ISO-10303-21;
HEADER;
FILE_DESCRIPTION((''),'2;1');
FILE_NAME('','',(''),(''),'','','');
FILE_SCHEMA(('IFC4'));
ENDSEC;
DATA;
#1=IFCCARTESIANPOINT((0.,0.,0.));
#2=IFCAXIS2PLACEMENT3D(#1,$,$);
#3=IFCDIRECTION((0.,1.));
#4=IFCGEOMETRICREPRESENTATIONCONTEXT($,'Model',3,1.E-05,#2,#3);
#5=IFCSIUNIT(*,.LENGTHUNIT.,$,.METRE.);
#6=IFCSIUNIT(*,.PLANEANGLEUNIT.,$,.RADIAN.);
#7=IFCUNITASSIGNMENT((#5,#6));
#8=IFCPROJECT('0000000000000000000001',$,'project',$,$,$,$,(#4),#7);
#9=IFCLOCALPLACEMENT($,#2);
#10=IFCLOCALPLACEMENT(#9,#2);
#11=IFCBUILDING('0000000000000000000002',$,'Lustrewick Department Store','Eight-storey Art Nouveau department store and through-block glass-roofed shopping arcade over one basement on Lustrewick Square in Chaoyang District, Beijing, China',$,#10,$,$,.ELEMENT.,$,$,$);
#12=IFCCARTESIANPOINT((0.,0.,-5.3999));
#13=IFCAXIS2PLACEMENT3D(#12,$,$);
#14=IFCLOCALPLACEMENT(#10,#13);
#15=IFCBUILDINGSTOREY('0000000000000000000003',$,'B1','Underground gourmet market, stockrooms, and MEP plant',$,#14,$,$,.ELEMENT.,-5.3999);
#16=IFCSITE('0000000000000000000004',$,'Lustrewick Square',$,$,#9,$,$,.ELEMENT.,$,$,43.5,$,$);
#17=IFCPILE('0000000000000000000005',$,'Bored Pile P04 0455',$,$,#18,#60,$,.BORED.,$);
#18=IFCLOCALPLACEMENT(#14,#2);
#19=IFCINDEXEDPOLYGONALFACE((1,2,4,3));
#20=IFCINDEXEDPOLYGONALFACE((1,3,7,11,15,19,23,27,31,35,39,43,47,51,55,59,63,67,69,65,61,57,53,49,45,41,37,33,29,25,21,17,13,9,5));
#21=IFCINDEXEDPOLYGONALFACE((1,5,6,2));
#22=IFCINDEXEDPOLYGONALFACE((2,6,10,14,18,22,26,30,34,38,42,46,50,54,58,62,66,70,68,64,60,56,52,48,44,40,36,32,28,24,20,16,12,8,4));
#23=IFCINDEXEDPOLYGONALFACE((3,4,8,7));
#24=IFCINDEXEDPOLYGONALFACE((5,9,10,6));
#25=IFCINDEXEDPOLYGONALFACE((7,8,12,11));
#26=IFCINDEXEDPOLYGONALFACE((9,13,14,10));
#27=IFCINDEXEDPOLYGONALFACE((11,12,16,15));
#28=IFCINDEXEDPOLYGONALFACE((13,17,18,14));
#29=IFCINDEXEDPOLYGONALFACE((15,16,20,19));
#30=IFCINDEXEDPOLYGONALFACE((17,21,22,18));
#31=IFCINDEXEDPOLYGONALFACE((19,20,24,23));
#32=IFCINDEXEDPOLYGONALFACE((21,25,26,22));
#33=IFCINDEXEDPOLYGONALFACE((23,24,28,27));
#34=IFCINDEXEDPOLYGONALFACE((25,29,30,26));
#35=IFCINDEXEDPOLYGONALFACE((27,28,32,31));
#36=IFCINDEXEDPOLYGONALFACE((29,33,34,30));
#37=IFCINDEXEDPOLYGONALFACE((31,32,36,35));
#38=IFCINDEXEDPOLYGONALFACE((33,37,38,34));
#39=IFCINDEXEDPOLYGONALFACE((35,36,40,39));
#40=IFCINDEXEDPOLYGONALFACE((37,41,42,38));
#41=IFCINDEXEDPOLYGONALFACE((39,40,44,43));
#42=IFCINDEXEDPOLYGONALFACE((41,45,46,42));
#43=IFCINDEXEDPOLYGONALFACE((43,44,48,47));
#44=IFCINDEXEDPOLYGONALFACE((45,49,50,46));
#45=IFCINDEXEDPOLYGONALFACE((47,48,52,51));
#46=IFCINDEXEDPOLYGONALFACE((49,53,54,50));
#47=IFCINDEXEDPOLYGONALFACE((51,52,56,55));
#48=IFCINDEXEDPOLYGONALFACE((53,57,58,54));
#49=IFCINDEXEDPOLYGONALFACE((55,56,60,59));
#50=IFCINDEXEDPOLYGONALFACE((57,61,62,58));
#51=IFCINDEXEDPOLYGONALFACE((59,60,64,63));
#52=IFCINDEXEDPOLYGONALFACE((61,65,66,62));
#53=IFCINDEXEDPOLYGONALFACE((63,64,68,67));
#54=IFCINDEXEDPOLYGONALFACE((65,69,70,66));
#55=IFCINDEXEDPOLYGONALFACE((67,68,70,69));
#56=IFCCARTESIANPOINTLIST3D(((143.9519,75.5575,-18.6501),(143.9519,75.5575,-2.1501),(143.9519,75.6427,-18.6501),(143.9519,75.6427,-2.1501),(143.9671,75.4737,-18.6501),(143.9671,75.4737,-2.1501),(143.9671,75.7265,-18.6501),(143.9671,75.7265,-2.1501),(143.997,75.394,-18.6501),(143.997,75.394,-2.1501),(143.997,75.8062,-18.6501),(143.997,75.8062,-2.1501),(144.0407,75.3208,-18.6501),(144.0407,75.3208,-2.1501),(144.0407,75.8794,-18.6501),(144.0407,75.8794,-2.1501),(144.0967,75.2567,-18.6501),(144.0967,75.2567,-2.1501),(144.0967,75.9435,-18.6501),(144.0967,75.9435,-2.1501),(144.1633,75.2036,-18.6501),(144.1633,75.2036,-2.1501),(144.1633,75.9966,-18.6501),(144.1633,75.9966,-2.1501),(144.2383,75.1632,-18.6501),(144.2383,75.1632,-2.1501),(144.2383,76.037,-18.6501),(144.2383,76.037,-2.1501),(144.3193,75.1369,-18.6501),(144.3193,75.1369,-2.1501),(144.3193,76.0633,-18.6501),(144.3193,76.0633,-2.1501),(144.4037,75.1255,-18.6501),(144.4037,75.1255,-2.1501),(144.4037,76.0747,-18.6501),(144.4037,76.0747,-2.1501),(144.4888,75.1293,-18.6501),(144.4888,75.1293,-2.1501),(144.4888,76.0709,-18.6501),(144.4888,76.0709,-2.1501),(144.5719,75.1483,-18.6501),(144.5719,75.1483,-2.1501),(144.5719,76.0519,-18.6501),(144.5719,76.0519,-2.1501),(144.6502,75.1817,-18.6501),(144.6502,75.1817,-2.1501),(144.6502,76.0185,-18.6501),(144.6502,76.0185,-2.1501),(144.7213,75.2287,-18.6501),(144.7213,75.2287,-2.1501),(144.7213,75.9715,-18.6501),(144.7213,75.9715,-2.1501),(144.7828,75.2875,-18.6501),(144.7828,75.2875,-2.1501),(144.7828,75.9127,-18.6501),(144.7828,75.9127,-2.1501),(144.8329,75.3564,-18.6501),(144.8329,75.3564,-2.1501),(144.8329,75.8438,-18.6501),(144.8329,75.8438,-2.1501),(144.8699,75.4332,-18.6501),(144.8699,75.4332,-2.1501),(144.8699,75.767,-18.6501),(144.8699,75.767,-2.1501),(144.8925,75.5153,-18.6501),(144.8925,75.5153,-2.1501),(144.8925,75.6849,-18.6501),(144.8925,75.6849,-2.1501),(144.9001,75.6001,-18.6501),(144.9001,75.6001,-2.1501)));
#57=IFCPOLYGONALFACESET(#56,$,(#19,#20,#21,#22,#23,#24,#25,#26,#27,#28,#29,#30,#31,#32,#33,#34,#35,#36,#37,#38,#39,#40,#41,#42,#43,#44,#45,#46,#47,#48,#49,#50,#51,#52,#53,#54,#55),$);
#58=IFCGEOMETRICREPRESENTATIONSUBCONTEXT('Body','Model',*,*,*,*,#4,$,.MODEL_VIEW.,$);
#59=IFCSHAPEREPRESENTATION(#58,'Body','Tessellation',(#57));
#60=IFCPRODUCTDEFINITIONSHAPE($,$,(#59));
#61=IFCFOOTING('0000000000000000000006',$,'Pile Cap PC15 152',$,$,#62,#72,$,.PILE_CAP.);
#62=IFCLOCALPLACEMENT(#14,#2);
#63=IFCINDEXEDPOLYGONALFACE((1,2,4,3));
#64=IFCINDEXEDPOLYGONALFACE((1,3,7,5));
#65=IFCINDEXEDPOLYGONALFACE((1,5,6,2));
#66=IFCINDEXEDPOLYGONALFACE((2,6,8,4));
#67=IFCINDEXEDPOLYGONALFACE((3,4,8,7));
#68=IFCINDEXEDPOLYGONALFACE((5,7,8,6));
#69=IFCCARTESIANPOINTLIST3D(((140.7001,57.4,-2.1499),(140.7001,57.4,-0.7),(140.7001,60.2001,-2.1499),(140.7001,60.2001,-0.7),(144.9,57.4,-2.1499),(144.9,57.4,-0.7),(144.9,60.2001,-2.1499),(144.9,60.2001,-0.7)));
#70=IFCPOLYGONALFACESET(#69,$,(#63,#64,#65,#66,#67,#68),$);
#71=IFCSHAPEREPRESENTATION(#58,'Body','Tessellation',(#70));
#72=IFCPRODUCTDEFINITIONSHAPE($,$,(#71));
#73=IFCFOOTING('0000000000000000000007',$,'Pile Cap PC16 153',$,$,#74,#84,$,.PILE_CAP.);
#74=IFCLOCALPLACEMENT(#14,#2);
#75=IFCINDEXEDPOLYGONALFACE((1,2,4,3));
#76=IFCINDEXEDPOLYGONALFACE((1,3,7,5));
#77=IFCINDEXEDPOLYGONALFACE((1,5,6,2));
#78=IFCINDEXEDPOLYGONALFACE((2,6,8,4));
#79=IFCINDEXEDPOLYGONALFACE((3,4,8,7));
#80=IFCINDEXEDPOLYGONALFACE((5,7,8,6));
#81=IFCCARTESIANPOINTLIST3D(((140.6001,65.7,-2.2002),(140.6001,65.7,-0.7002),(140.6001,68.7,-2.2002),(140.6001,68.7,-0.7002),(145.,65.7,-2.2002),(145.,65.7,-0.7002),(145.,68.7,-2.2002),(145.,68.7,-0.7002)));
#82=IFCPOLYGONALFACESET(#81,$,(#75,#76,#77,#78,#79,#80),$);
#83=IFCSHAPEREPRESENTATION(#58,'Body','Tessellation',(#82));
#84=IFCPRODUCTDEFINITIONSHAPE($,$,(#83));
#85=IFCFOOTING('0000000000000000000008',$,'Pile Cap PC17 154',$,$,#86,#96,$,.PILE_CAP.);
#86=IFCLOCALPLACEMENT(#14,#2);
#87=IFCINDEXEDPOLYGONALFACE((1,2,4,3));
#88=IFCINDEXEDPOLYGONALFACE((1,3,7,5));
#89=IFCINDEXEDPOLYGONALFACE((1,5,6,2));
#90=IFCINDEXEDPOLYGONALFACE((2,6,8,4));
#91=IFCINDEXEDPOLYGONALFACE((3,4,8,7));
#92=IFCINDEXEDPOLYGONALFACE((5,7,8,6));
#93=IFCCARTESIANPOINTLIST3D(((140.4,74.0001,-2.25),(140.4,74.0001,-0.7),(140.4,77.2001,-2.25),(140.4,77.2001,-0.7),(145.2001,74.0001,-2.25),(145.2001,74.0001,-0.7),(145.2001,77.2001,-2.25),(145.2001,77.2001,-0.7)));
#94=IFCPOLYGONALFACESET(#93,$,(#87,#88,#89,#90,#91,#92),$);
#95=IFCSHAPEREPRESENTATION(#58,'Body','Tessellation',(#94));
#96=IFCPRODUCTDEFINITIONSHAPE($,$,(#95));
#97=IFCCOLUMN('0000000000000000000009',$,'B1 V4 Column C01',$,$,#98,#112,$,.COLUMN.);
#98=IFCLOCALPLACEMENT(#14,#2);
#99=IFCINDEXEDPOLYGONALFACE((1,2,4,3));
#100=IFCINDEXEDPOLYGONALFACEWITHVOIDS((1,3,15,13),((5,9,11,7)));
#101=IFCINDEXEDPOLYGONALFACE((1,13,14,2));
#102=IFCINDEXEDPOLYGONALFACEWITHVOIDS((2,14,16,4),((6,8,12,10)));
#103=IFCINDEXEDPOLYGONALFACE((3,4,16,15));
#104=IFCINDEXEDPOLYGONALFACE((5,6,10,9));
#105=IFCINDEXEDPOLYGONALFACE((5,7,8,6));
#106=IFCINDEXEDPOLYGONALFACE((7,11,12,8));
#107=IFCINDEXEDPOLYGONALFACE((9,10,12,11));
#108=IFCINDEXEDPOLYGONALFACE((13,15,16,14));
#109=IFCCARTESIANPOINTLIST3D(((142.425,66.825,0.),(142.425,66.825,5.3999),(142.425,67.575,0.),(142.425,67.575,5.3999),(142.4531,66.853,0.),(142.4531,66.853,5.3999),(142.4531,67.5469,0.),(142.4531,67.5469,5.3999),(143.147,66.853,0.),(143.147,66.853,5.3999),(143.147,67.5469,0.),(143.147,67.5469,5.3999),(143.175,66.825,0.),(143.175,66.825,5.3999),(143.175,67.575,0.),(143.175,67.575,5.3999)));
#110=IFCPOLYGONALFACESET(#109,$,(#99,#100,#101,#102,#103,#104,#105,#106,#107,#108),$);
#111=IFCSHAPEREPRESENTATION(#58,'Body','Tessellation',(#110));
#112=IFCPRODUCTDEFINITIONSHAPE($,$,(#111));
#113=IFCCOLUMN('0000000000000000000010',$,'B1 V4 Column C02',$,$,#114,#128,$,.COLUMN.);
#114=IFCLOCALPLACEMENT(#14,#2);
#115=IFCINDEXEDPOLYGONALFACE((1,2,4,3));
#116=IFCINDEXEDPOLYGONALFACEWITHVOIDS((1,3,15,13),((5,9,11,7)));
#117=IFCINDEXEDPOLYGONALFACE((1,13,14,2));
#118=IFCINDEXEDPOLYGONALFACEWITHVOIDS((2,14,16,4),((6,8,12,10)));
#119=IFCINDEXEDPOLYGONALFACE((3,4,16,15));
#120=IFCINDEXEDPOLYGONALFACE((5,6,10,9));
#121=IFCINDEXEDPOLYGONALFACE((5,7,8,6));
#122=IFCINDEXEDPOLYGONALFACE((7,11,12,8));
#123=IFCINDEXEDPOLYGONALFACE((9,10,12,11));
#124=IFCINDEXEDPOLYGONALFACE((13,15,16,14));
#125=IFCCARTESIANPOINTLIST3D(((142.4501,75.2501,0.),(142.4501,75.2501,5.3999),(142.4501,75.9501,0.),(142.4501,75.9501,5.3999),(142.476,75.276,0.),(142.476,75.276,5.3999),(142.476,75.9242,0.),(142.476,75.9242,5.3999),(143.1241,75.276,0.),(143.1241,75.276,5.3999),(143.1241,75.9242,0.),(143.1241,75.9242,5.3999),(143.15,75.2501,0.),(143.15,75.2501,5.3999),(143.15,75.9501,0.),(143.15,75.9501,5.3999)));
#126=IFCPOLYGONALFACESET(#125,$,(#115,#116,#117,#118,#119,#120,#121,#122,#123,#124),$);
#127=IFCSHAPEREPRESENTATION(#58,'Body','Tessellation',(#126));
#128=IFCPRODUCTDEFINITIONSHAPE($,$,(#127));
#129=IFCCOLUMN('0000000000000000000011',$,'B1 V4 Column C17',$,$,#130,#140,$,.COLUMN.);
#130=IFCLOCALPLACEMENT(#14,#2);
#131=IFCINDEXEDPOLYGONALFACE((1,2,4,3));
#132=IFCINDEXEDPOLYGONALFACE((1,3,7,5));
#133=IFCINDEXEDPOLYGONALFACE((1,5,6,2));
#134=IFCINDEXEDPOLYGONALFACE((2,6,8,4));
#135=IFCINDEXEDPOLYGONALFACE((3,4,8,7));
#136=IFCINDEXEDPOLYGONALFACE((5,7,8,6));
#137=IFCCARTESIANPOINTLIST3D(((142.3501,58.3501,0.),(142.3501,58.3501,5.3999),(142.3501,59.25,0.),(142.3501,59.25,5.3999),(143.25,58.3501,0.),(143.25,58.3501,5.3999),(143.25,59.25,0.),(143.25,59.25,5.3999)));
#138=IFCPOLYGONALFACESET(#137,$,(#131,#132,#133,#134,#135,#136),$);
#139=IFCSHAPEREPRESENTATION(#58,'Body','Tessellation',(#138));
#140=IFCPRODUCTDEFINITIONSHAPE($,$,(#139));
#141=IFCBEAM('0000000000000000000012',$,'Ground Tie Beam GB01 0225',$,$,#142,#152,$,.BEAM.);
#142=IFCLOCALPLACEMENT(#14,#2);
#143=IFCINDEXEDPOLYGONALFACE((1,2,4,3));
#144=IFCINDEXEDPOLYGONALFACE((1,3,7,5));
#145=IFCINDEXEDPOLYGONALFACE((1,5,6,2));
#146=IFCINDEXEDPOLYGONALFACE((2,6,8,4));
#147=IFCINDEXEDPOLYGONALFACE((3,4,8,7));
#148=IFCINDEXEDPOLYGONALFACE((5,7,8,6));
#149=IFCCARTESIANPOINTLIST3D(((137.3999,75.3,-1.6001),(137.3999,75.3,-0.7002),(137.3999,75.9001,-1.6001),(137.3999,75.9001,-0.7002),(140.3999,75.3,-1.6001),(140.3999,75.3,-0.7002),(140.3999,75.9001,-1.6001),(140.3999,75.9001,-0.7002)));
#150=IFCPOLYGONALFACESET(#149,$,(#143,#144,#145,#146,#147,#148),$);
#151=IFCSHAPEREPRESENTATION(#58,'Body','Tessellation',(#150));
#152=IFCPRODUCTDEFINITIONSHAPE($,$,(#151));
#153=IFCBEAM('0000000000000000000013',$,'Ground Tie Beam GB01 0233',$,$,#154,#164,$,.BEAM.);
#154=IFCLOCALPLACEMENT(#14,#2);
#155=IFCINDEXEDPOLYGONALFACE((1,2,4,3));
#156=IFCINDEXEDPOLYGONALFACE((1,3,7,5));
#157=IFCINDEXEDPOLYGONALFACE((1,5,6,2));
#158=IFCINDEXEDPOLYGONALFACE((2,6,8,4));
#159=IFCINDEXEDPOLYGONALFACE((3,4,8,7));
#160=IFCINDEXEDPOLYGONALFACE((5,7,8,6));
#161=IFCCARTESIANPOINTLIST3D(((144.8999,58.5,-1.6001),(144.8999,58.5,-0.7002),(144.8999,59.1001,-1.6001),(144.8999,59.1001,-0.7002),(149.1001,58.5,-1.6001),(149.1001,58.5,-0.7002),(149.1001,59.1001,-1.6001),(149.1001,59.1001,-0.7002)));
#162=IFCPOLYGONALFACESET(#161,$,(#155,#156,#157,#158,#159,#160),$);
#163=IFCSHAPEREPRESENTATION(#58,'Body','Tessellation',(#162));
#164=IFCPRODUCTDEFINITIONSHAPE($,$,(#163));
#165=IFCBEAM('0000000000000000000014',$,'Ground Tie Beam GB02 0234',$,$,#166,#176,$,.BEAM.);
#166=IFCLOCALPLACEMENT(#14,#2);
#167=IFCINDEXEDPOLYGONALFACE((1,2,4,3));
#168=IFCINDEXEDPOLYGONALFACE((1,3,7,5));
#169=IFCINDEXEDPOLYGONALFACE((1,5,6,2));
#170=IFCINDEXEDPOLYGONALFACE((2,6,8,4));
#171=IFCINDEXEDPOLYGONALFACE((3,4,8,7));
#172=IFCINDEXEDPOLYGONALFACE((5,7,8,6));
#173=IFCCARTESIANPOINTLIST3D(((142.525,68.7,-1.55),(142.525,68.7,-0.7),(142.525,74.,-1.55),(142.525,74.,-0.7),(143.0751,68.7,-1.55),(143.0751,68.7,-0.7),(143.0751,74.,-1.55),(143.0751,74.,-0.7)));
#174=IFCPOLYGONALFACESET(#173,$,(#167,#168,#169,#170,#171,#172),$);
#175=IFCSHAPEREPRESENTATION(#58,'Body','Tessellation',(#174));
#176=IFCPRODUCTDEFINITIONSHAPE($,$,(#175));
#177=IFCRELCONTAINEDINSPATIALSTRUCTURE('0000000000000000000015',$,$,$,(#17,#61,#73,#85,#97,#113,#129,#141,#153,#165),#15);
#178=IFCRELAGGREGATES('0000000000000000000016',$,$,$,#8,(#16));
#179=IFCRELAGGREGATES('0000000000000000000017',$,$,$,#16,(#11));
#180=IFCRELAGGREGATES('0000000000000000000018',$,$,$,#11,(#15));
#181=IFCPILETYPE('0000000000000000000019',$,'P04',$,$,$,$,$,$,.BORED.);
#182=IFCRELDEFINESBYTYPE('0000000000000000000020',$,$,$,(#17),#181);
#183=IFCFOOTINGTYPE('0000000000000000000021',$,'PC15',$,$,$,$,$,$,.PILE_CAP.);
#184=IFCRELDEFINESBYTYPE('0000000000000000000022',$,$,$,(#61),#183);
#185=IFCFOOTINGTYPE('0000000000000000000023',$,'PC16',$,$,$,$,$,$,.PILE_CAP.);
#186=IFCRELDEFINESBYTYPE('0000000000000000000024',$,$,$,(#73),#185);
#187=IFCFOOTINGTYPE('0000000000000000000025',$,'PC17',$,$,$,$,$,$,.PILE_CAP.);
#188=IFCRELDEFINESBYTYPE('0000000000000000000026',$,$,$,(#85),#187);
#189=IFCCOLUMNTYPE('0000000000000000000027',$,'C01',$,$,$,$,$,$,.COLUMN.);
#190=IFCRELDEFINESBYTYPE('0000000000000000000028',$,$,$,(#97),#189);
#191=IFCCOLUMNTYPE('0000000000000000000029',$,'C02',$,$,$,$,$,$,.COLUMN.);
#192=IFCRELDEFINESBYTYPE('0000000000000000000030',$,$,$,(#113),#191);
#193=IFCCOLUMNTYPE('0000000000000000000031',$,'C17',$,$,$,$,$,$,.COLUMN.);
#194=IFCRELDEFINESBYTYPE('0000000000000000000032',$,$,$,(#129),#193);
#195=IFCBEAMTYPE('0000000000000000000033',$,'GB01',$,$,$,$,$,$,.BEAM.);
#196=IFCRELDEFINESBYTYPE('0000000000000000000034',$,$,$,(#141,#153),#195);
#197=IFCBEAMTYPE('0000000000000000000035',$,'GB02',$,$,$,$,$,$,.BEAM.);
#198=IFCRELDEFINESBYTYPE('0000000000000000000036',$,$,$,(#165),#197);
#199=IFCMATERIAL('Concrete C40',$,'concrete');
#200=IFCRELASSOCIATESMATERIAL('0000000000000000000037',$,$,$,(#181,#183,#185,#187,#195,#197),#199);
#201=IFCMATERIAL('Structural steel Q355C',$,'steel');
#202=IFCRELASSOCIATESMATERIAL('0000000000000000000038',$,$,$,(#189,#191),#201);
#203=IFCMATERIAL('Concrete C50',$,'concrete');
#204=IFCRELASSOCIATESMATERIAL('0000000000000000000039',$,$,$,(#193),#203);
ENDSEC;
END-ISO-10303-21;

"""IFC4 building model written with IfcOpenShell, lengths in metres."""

from ifc_helpers import new_model, si_unit, direction, frame, origin, origin_2d, place, context, subcontext, project, spatial, rectangle, hollow_rectangle, circle, extrude, material, material_profile, profile_set, type_object, element, save


model = new_model("IFC4")

# Units and contexts
model_context = context("Model", 3, precision=1e-05, world=origin(), true_north=direction((0.0, 1.0)))
body_context = subcontext(model_context, "Body", "Model", "MODEL_VIEW")
ifc_project = project(units=[si_unit("LENGTHUNIT", "METRE"), si_unit("PLANEANGLEUNIT", "RADIAN")], contexts=[model_context])

# Site, building, storey
site_placement = place(None, origin())
site = spatial("IfcSite", under=ifc_project, at=site_placement, Name="Lustrewick Square", CompositionType="ELEMENT", RefElevation=43.5)
building_placement = place(site_placement, origin())
building = spatial("IfcBuilding", under=site, at=building_placement, Name="Lustrewick Department Store", Description="Eight-storey Art Nouveau department store and through-block glass-roofed shopping arcade over one basement on Lustrewick Square in Chaoyang District, Beijing, China", CompositionType="ELEMENT")
storey_placement = place(building_placement, frame((0.0, 0.0, -5.3999)))
storey = spatial("IfcBuildingStorey", under=building, at=storey_placement, Name="B1", Description="Underground gourmet market, stockrooms, and MEP plant", CompositionType="ELEMENT", Elevation=-5.3999)

# Pile
ifc_material_1 = material(Name="Concrete C40", Category="concrete")
ifc_material_profile_1 = material_profile(ifc_material_1, circle(Radius=0.4751, at=origin_2d()), Name="PILE D950")
ifc_profile_set_1 = profile_set([ifc_material_profile_1], Name="Concrete C40")
pile_type_1 = type_object("IfcPileType", Name="P04", PredefinedType="BORED", material=ifc_profile_set_1)
for number, where, z_axis, x_axis, name in (
    (1, (144.425, 75.6001, -2.1501), (0.0, 0.0, -1.0), (1.0, 0.0, 0.0), "Bored Pile P04 0455"),
):
    element("IfcPile", number, at=place(storey_placement, frame(where, z_axis=z_axis, x_axis=x_axis)), inside=storey, type_object=pile_type_1, Name=name, PredefinedType="BORED", context=body_context, shape_type="SweptSolid", body=[
        extrude(circle(Radius=0.4751, at=origin_2d()), origin(), (0.0, 0.0, 1.0), 16.5),
    ])

# Footings
footing_type_1 = type_object("IfcFootingType", Name="PC15", PredefinedType="PILE_CAP", material=ifc_material_1)
footing_1_placement = place(storey_placement, frame((142.8, 58.8, -2.1499), z_axis=(0.0, 0.0, 1.0), x_axis=(1.0, 0.0, 0.0)))
element("IfcFooting", 2, at=footing_1_placement, inside=storey, type_object=footing_type_1, Name="Pile Cap PC15 152", PredefinedType="PILE_CAP", context=body_context, shape_type="SweptSolid", body=[
    extrude(rectangle(XDim=4.2, YDim=2.8, at=origin_2d()), origin(), (0.0, 0.0, 1.0), 1.45),
])
footing_type_2 = type_object("IfcFootingType", Name="PC16", PredefinedType="PILE_CAP", material=ifc_material_1)
footing_2_placement = place(storey_placement, frame((142.8, 67.2, -2.2002), z_axis=(0.0, 0.0, 1.0), x_axis=(1.0, 0.0, 0.0)))
element("IfcFooting", 3, at=footing_2_placement, inside=storey, type_object=footing_type_2, Name="Pile Cap PC16 153", PredefinedType="PILE_CAP", context=body_context, shape_type="SweptSolid", body=[
    extrude(rectangle(XDim=4.3999, YDim=3.0, at=origin_2d()), origin(), (0.0, 0.0, 1.0), 1.5),
])
footing_type_3 = type_object("IfcFootingType", Name="PC17", PredefinedType="PILE_CAP", material=ifc_material_1)
footing_3_placement = place(storey_placement, frame((142.8, 75.6001, -2.25), z_axis=(0.0, 0.0, 1.0), x_axis=(1.0, 0.0, 0.0)))
element("IfcFooting", 4, at=footing_3_placement, inside=storey, type_object=footing_type_3, Name="Pile Cap PC17 154", PredefinedType="PILE_CAP", context=body_context, shape_type="SweptSolid", body=[
    extrude(rectangle(XDim=4.8, YDim=3.2, at=origin_2d()), origin(), (0.0, 0.0, 1.0), 1.55),
])

# Columns
ifc_material_2 = material(Name="Structural steel Q355C", Category="steel")
ifc_material_profile_2 = material_profile(ifc_material_2, hollow_rectangle(XDim=0.75, YDim=0.75, WallThickness=0.0281, at=origin_2d()), Name="BOX 750x750x28")
ifc_profile_set_2 = profile_set([ifc_material_profile_2], Name="Structural steel Q355C")
column_type_1 = type_object("IfcColumnType", Name="C01", PredefinedType="COLUMN", material=ifc_profile_set_2)
column_1_placement = place(storey_placement, frame((142.8, 67.2, 0.0), z_axis=(0.0, 0.0, 1.0), x_axis=(1.0, 0.0, 0.0)))
element("IfcColumn", 5, at=column_1_placement, inside=storey, type_object=column_type_1, Name="B1 V4 Column C01", PredefinedType="COLUMN", context=body_context, shape_type="SweptSolid", body=[
    extrude(hollow_rectangle(XDim=0.75, YDim=0.75, WallThickness=0.0281, at=origin_2d()), origin(), (0.0, 0.0, 1.0), 5.3999),
])
ifc_material_profile_3 = material_profile(ifc_material_2, hollow_rectangle(XDim=0.7, YDim=0.7, WallThickness=0.0259, at=origin_2d()), Name="BOX 700x700x26")
ifc_profile_set_3 = profile_set([ifc_material_profile_3], Name="Structural steel Q355C")
column_type_2 = type_object("IfcColumnType", Name="C02", PredefinedType="COLUMN", material=ifc_profile_set_3)
column_2_placement = place(storey_placement, frame((142.8, 75.6001, 0.0), z_axis=(0.0, 0.0, 1.0), x_axis=(1.0, 0.0, 0.0)))
element("IfcColumn", 6, at=column_2_placement, inside=storey, type_object=column_type_2, Name="B1 V4 Column C02", PredefinedType="COLUMN", context=body_context, shape_type="SweptSolid", body=[
    extrude(hollow_rectangle(XDim=0.7, YDim=0.7, WallThickness=0.0259, at=origin_2d()), origin(), (0.0, 0.0, 1.0), 5.3999),
])
ifc_material_3 = material(Name="Concrete C50", Category="concrete")
ifc_material_profile_4 = material_profile(ifc_material_3, rectangle(XDim=0.8999, YDim=0.8999, at=origin_2d()), Name="RC 900x900")
ifc_profile_set_4 = profile_set([ifc_material_profile_4], Name="Concrete C50")
column_type_3 = type_object("IfcColumnType", Name="C17", PredefinedType="COLUMN", material=ifc_profile_set_4)
column_3_placement = place(storey_placement, frame((142.8, 58.8, 0.0), z_axis=(0.0, 0.0, 1.0), x_axis=(1.0, 0.0, 0.0)))
element("IfcColumn", 7, at=column_3_placement, inside=storey, type_object=column_type_3, Name="B1 V4 Column C17", PredefinedType="COLUMN", context=body_context, shape_type="SweptSolid", body=[
    extrude(rectangle(XDim=0.8999, YDim=0.8999, at=origin_2d()), origin(), (0.0, 0.0, 1.0), 5.3999),
])

# Beams
ifc_material_profile_5 = material_profile(ifc_material_1, rectangle(XDim=0.6001, YDim=0.8999, at=origin_2d()), Name="RC 600x900")
ifc_profile_set_5 = profile_set([ifc_material_profile_5], Name="Concrete C40")
beam_type_1 = type_object("IfcBeamType", Name="GB01", PredefinedType="BEAM", material=ifc_profile_set_5)
beam_1_placement = place(storey_placement, frame((137.3999, 75.6001, -1.1501), z_axis=(1.0, 0.0, 0.0), x_axis=(0.0, 1.0, 0.0)))
element("IfcBeam", 8, at=beam_1_placement, inside=storey, type_object=beam_type_1, Name="Ground Tie Beam GB01 0225", PredefinedType="BEAM", context=body_context, shape_type="SweptSolid", body=[
    extrude(rectangle(XDim=0.6001, YDim=0.8999, at=origin_2d()), origin(), (0.0, 0.0, 1.0), 3.0),
])
beam_2_placement = place(storey_placement, frame((144.8999, 58.8, -1.1501), z_axis=(1.0, 0.0, 0.0), x_axis=(0.0, 1.0, 0.0)))
element("IfcBeam", 9, at=beam_2_placement, inside=storey, type_object=beam_type_1, Name="Ground Tie Beam GB01 0233", PredefinedType="BEAM", context=body_context, shape_type="SweptSolid", body=[
    extrude(rectangle(XDim=0.6001, YDim=0.8999, at=origin_2d()), origin(), (0.0, 0.0, 1.0), 4.2002),
])
ifc_material_profile_6 = material_profile(ifc_material_1, rectangle(XDim=0.55, YDim=0.8501, at=origin_2d()), Name="RC 550x850")
ifc_profile_set_6 = profile_set([ifc_material_profile_6], Name="Concrete C40")
beam_type_2 = type_object("IfcBeamType", Name="GB02", PredefinedType="BEAM", material=ifc_profile_set_6)
beam_3_placement = place(storey_placement, frame((142.8, 68.7, -1.125), z_axis=(0.0, 1.0, 0.0), x_axis=(-1.0, 0.0, 0.0)))
element("IfcBeam", 10, at=beam_3_placement, inside=storey, type_object=beam_type_2, Name="Ground Tie Beam GB02 0234", PredefinedType="BEAM", context=body_context, shape_type="SweptSolid", body=[
    extrude(rectangle(XDim=0.55, YDim=0.8501, at=origin_2d()), origin(), (0.0, 0.0, 1.0), 5.3),
])

save(model, "model.ifc")
